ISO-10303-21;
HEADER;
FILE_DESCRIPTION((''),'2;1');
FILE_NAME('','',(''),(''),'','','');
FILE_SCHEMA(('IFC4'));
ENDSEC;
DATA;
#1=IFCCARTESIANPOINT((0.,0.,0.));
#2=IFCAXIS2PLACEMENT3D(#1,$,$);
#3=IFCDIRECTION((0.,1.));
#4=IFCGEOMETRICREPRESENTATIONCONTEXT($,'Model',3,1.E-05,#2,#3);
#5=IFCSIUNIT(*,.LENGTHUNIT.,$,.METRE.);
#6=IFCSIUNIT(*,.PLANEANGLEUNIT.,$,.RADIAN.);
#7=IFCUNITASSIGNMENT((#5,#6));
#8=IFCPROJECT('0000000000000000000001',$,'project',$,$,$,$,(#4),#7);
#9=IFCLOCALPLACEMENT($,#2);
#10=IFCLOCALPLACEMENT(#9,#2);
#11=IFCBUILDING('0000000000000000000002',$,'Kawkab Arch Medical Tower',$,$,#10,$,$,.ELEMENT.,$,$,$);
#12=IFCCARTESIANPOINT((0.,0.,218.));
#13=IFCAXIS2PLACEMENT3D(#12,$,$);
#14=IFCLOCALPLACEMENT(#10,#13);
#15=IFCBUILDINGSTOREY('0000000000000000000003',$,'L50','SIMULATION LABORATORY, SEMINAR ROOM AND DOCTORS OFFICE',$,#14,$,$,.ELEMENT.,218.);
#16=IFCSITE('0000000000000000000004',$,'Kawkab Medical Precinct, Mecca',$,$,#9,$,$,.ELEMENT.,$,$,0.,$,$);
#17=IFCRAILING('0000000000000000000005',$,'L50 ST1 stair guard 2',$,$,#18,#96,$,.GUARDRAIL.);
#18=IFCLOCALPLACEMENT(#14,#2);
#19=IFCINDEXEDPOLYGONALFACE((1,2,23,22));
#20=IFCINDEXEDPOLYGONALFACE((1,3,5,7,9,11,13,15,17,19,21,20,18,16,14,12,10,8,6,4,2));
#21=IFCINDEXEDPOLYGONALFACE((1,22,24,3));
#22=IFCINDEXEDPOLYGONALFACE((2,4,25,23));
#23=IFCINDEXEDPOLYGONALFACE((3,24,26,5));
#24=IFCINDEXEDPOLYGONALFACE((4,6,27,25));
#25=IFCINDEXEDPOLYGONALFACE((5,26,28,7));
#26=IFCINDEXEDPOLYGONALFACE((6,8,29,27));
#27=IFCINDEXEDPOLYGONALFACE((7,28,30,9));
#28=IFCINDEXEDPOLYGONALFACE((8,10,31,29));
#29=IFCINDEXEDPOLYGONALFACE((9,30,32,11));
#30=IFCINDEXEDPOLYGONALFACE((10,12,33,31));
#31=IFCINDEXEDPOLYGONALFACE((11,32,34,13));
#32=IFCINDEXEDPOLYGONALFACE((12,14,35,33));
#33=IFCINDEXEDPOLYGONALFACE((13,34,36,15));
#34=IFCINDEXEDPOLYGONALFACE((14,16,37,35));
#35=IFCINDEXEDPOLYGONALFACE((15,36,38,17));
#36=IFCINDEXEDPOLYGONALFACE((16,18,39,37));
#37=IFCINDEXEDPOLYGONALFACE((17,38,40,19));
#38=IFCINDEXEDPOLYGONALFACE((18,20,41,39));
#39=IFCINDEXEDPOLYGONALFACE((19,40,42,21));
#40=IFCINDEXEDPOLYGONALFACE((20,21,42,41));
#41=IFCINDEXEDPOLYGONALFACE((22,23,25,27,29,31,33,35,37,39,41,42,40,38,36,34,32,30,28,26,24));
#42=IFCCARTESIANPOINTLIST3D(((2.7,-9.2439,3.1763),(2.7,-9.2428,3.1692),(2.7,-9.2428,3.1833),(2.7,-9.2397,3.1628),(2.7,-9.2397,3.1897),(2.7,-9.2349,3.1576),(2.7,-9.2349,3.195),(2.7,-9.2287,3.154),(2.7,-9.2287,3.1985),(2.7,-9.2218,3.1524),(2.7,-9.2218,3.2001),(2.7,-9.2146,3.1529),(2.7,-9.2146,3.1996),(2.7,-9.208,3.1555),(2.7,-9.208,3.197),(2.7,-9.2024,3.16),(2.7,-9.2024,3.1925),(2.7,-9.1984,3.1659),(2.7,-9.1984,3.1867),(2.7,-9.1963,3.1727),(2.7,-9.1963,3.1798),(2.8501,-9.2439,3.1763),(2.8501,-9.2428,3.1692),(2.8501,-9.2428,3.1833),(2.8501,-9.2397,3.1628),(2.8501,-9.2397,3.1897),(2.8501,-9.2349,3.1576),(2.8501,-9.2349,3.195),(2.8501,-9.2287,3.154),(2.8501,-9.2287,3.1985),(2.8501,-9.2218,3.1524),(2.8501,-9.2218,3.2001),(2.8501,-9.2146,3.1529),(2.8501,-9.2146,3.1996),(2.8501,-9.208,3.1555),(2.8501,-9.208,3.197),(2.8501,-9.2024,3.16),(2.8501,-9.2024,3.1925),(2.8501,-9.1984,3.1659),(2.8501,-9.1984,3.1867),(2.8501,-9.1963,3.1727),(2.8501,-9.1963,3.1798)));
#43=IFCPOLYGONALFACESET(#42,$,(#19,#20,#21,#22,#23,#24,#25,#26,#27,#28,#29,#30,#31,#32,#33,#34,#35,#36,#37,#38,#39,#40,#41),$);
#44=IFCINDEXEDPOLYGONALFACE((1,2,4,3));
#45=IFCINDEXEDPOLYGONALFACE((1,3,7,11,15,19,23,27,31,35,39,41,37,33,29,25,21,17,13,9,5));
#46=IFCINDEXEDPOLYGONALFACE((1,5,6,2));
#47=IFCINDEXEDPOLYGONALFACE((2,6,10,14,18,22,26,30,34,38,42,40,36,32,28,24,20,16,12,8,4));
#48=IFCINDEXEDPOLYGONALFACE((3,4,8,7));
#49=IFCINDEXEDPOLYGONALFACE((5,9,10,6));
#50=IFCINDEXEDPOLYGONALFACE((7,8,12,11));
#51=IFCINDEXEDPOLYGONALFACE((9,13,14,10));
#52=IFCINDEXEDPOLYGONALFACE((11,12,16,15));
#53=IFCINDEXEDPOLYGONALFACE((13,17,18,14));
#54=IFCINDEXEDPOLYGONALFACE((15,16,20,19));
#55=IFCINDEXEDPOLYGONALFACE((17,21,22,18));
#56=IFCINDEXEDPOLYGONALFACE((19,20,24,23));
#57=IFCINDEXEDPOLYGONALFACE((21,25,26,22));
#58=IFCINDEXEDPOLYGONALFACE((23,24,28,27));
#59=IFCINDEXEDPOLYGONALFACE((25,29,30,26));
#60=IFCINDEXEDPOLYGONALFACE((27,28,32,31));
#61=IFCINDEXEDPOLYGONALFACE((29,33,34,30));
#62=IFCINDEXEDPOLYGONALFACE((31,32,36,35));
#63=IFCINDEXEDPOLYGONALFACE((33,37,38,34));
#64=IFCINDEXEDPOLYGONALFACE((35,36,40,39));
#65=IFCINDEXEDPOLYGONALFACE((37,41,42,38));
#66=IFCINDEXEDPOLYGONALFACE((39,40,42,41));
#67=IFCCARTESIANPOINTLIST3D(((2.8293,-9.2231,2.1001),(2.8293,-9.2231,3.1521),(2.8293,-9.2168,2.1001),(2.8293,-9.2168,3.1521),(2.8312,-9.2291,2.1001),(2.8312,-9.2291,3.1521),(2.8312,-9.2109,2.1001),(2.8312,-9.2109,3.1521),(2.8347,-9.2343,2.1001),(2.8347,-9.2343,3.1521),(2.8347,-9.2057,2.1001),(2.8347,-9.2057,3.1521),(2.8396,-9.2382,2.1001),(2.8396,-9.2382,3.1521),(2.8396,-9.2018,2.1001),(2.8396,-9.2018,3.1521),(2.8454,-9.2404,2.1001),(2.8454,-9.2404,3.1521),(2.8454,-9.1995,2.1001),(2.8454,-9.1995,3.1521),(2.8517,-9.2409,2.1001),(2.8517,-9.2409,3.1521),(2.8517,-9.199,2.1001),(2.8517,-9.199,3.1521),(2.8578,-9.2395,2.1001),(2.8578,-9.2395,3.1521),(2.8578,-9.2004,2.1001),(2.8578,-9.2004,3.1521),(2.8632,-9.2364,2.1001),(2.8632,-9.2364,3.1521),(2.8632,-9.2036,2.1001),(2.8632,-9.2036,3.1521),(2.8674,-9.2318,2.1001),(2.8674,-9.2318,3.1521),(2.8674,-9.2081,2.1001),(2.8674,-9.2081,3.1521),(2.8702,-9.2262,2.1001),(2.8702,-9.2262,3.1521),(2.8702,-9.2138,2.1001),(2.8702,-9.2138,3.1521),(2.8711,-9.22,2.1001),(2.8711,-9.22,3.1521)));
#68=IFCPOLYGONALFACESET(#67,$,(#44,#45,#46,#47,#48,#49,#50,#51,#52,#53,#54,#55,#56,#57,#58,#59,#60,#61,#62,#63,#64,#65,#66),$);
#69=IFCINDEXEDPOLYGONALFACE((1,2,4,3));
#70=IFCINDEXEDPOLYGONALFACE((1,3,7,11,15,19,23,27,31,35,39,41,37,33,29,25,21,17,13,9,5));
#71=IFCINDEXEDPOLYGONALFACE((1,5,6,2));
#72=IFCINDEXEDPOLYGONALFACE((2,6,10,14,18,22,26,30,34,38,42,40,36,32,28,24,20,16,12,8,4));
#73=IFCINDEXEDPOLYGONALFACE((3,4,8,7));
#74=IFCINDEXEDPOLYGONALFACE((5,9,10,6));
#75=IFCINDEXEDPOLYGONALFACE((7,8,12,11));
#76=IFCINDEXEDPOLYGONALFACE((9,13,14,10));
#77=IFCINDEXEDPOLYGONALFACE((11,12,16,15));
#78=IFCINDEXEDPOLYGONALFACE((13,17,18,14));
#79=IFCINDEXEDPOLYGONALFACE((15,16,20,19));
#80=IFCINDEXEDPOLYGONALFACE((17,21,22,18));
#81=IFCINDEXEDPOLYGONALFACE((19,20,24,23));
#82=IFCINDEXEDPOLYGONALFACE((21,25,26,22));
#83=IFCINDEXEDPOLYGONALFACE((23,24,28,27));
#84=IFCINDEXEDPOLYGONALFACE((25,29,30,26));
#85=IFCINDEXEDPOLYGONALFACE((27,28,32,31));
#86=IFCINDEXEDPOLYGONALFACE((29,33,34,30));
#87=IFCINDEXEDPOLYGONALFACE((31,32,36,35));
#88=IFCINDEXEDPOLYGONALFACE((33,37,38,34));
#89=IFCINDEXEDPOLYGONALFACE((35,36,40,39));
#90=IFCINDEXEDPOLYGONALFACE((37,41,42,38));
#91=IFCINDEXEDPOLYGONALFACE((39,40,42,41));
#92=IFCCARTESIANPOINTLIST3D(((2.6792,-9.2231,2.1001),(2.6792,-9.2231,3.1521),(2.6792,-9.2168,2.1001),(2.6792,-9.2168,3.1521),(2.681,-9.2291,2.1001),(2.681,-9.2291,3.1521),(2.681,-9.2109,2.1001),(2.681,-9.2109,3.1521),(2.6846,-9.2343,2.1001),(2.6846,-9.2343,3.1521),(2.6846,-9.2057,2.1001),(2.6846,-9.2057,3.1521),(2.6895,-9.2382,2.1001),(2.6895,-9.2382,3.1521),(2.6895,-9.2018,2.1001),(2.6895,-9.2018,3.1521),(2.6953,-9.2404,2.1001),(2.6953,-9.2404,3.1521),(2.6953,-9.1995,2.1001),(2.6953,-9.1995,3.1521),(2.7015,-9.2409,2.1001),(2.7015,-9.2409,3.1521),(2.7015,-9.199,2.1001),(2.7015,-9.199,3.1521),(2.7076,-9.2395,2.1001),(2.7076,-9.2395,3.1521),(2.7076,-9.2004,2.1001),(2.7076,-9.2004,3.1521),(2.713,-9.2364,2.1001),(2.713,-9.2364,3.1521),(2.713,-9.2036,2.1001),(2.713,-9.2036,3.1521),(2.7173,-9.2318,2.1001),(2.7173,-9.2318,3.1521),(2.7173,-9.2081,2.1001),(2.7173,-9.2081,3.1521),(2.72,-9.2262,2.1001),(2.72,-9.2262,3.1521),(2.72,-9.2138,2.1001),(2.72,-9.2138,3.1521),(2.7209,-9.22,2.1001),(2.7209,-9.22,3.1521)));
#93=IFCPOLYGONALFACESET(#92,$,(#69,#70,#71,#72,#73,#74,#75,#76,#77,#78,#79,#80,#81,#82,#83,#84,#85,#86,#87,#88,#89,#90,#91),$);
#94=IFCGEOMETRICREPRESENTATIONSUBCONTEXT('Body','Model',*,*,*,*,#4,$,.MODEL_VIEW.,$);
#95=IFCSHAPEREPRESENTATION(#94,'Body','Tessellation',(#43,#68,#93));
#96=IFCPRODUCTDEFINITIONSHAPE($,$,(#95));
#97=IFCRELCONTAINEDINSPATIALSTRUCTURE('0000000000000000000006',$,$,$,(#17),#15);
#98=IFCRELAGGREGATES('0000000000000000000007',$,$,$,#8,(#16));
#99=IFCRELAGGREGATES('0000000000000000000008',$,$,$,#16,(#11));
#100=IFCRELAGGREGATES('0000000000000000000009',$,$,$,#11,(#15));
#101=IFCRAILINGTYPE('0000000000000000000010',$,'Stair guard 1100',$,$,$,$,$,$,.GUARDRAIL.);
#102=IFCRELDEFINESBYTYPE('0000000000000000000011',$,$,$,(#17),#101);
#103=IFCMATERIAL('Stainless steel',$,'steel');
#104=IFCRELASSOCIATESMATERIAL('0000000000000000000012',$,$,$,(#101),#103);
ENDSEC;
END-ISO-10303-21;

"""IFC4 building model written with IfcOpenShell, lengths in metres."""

from ifc_helpers import new_model, si_unit, direction, frame, origin, origin_2d, place, context, subcontext, project, spatial, circle, extrude, material, type_object, element, save


model = new_model("IFC4")

# Units and contexts
model_context = context("Model", 3, precision=1e-05, world=origin(), true_north=direction((0.0, 1.0)))
body_context = subcontext(model_context, "Body", "Model", "MODEL_VIEW")
ifc_project = project(units=[si_unit("LENGTHUNIT", "METRE"), si_unit("PLANEANGLEUNIT", "RADIAN")], contexts=[model_context])

# Site, building, storey
site_placement = place(None, origin())
site = spatial("IfcSite", under=ifc_project, at=site_placement, Name="Kawkab Medical Precinct, Mecca", CompositionType="ELEMENT", RefElevation=0.0)
building_placement = place(site_placement, origin())
building = spatial("IfcBuilding", under=site, at=building_placement, Name="Kawkab Arch Medical Tower", CompositionType="ELEMENT")
storey_placement = place(building_placement, frame((0.0, 0.0, 218.0)))
storey = spatial("IfcBuildingStorey", under=building, at=storey_placement, Name="L50", Description="SIMULATION LABORATORY, SEMINAR ROOM AND DOCTORS OFFICE", CompositionType="ELEMENT", Elevation=218.0)

# Railing
ifc_material_1 = material(Name="Stainless steel", Category="steel")
railing_type_1 = type_object("IfcRailingType", Name="Stair guard 1100", PredefinedType="GUARDRAIL", material=ifc_material_1)
railing_1_placement = place(storey_placement, frame((2.8501, -9.22, 2.1001)))
element("IfcRailing", 1, at=railing_1_placement, inside=storey, type_object=railing_type_1, Name="L50 ST1 stair guard 2", PredefinedType="GUARDRAIL", context=body_context, shape_type="SweptSolid", body=[
    extrude(circle(Radius=0.0239, at=origin_2d()), frame((0.0, 0.0, 1.0762), z_axis=(-1.0, 0.0, 0.0), x_axis=(0.0, -1.0, 0.0)), (0.0, 0.0, 1.0), 0.1501),
    extrude(circle(Radius=0.021, at=origin_2d()), origin(), (0.0, 0.0, 1.0), 1.052),
    extrude(circle(Radius=0.021, at=origin_2d()), frame((-0.1501, 0.0, 0.0)), (0.0, 0.0, 1.0), 1.052),
])

save(model, "model.ifc")
